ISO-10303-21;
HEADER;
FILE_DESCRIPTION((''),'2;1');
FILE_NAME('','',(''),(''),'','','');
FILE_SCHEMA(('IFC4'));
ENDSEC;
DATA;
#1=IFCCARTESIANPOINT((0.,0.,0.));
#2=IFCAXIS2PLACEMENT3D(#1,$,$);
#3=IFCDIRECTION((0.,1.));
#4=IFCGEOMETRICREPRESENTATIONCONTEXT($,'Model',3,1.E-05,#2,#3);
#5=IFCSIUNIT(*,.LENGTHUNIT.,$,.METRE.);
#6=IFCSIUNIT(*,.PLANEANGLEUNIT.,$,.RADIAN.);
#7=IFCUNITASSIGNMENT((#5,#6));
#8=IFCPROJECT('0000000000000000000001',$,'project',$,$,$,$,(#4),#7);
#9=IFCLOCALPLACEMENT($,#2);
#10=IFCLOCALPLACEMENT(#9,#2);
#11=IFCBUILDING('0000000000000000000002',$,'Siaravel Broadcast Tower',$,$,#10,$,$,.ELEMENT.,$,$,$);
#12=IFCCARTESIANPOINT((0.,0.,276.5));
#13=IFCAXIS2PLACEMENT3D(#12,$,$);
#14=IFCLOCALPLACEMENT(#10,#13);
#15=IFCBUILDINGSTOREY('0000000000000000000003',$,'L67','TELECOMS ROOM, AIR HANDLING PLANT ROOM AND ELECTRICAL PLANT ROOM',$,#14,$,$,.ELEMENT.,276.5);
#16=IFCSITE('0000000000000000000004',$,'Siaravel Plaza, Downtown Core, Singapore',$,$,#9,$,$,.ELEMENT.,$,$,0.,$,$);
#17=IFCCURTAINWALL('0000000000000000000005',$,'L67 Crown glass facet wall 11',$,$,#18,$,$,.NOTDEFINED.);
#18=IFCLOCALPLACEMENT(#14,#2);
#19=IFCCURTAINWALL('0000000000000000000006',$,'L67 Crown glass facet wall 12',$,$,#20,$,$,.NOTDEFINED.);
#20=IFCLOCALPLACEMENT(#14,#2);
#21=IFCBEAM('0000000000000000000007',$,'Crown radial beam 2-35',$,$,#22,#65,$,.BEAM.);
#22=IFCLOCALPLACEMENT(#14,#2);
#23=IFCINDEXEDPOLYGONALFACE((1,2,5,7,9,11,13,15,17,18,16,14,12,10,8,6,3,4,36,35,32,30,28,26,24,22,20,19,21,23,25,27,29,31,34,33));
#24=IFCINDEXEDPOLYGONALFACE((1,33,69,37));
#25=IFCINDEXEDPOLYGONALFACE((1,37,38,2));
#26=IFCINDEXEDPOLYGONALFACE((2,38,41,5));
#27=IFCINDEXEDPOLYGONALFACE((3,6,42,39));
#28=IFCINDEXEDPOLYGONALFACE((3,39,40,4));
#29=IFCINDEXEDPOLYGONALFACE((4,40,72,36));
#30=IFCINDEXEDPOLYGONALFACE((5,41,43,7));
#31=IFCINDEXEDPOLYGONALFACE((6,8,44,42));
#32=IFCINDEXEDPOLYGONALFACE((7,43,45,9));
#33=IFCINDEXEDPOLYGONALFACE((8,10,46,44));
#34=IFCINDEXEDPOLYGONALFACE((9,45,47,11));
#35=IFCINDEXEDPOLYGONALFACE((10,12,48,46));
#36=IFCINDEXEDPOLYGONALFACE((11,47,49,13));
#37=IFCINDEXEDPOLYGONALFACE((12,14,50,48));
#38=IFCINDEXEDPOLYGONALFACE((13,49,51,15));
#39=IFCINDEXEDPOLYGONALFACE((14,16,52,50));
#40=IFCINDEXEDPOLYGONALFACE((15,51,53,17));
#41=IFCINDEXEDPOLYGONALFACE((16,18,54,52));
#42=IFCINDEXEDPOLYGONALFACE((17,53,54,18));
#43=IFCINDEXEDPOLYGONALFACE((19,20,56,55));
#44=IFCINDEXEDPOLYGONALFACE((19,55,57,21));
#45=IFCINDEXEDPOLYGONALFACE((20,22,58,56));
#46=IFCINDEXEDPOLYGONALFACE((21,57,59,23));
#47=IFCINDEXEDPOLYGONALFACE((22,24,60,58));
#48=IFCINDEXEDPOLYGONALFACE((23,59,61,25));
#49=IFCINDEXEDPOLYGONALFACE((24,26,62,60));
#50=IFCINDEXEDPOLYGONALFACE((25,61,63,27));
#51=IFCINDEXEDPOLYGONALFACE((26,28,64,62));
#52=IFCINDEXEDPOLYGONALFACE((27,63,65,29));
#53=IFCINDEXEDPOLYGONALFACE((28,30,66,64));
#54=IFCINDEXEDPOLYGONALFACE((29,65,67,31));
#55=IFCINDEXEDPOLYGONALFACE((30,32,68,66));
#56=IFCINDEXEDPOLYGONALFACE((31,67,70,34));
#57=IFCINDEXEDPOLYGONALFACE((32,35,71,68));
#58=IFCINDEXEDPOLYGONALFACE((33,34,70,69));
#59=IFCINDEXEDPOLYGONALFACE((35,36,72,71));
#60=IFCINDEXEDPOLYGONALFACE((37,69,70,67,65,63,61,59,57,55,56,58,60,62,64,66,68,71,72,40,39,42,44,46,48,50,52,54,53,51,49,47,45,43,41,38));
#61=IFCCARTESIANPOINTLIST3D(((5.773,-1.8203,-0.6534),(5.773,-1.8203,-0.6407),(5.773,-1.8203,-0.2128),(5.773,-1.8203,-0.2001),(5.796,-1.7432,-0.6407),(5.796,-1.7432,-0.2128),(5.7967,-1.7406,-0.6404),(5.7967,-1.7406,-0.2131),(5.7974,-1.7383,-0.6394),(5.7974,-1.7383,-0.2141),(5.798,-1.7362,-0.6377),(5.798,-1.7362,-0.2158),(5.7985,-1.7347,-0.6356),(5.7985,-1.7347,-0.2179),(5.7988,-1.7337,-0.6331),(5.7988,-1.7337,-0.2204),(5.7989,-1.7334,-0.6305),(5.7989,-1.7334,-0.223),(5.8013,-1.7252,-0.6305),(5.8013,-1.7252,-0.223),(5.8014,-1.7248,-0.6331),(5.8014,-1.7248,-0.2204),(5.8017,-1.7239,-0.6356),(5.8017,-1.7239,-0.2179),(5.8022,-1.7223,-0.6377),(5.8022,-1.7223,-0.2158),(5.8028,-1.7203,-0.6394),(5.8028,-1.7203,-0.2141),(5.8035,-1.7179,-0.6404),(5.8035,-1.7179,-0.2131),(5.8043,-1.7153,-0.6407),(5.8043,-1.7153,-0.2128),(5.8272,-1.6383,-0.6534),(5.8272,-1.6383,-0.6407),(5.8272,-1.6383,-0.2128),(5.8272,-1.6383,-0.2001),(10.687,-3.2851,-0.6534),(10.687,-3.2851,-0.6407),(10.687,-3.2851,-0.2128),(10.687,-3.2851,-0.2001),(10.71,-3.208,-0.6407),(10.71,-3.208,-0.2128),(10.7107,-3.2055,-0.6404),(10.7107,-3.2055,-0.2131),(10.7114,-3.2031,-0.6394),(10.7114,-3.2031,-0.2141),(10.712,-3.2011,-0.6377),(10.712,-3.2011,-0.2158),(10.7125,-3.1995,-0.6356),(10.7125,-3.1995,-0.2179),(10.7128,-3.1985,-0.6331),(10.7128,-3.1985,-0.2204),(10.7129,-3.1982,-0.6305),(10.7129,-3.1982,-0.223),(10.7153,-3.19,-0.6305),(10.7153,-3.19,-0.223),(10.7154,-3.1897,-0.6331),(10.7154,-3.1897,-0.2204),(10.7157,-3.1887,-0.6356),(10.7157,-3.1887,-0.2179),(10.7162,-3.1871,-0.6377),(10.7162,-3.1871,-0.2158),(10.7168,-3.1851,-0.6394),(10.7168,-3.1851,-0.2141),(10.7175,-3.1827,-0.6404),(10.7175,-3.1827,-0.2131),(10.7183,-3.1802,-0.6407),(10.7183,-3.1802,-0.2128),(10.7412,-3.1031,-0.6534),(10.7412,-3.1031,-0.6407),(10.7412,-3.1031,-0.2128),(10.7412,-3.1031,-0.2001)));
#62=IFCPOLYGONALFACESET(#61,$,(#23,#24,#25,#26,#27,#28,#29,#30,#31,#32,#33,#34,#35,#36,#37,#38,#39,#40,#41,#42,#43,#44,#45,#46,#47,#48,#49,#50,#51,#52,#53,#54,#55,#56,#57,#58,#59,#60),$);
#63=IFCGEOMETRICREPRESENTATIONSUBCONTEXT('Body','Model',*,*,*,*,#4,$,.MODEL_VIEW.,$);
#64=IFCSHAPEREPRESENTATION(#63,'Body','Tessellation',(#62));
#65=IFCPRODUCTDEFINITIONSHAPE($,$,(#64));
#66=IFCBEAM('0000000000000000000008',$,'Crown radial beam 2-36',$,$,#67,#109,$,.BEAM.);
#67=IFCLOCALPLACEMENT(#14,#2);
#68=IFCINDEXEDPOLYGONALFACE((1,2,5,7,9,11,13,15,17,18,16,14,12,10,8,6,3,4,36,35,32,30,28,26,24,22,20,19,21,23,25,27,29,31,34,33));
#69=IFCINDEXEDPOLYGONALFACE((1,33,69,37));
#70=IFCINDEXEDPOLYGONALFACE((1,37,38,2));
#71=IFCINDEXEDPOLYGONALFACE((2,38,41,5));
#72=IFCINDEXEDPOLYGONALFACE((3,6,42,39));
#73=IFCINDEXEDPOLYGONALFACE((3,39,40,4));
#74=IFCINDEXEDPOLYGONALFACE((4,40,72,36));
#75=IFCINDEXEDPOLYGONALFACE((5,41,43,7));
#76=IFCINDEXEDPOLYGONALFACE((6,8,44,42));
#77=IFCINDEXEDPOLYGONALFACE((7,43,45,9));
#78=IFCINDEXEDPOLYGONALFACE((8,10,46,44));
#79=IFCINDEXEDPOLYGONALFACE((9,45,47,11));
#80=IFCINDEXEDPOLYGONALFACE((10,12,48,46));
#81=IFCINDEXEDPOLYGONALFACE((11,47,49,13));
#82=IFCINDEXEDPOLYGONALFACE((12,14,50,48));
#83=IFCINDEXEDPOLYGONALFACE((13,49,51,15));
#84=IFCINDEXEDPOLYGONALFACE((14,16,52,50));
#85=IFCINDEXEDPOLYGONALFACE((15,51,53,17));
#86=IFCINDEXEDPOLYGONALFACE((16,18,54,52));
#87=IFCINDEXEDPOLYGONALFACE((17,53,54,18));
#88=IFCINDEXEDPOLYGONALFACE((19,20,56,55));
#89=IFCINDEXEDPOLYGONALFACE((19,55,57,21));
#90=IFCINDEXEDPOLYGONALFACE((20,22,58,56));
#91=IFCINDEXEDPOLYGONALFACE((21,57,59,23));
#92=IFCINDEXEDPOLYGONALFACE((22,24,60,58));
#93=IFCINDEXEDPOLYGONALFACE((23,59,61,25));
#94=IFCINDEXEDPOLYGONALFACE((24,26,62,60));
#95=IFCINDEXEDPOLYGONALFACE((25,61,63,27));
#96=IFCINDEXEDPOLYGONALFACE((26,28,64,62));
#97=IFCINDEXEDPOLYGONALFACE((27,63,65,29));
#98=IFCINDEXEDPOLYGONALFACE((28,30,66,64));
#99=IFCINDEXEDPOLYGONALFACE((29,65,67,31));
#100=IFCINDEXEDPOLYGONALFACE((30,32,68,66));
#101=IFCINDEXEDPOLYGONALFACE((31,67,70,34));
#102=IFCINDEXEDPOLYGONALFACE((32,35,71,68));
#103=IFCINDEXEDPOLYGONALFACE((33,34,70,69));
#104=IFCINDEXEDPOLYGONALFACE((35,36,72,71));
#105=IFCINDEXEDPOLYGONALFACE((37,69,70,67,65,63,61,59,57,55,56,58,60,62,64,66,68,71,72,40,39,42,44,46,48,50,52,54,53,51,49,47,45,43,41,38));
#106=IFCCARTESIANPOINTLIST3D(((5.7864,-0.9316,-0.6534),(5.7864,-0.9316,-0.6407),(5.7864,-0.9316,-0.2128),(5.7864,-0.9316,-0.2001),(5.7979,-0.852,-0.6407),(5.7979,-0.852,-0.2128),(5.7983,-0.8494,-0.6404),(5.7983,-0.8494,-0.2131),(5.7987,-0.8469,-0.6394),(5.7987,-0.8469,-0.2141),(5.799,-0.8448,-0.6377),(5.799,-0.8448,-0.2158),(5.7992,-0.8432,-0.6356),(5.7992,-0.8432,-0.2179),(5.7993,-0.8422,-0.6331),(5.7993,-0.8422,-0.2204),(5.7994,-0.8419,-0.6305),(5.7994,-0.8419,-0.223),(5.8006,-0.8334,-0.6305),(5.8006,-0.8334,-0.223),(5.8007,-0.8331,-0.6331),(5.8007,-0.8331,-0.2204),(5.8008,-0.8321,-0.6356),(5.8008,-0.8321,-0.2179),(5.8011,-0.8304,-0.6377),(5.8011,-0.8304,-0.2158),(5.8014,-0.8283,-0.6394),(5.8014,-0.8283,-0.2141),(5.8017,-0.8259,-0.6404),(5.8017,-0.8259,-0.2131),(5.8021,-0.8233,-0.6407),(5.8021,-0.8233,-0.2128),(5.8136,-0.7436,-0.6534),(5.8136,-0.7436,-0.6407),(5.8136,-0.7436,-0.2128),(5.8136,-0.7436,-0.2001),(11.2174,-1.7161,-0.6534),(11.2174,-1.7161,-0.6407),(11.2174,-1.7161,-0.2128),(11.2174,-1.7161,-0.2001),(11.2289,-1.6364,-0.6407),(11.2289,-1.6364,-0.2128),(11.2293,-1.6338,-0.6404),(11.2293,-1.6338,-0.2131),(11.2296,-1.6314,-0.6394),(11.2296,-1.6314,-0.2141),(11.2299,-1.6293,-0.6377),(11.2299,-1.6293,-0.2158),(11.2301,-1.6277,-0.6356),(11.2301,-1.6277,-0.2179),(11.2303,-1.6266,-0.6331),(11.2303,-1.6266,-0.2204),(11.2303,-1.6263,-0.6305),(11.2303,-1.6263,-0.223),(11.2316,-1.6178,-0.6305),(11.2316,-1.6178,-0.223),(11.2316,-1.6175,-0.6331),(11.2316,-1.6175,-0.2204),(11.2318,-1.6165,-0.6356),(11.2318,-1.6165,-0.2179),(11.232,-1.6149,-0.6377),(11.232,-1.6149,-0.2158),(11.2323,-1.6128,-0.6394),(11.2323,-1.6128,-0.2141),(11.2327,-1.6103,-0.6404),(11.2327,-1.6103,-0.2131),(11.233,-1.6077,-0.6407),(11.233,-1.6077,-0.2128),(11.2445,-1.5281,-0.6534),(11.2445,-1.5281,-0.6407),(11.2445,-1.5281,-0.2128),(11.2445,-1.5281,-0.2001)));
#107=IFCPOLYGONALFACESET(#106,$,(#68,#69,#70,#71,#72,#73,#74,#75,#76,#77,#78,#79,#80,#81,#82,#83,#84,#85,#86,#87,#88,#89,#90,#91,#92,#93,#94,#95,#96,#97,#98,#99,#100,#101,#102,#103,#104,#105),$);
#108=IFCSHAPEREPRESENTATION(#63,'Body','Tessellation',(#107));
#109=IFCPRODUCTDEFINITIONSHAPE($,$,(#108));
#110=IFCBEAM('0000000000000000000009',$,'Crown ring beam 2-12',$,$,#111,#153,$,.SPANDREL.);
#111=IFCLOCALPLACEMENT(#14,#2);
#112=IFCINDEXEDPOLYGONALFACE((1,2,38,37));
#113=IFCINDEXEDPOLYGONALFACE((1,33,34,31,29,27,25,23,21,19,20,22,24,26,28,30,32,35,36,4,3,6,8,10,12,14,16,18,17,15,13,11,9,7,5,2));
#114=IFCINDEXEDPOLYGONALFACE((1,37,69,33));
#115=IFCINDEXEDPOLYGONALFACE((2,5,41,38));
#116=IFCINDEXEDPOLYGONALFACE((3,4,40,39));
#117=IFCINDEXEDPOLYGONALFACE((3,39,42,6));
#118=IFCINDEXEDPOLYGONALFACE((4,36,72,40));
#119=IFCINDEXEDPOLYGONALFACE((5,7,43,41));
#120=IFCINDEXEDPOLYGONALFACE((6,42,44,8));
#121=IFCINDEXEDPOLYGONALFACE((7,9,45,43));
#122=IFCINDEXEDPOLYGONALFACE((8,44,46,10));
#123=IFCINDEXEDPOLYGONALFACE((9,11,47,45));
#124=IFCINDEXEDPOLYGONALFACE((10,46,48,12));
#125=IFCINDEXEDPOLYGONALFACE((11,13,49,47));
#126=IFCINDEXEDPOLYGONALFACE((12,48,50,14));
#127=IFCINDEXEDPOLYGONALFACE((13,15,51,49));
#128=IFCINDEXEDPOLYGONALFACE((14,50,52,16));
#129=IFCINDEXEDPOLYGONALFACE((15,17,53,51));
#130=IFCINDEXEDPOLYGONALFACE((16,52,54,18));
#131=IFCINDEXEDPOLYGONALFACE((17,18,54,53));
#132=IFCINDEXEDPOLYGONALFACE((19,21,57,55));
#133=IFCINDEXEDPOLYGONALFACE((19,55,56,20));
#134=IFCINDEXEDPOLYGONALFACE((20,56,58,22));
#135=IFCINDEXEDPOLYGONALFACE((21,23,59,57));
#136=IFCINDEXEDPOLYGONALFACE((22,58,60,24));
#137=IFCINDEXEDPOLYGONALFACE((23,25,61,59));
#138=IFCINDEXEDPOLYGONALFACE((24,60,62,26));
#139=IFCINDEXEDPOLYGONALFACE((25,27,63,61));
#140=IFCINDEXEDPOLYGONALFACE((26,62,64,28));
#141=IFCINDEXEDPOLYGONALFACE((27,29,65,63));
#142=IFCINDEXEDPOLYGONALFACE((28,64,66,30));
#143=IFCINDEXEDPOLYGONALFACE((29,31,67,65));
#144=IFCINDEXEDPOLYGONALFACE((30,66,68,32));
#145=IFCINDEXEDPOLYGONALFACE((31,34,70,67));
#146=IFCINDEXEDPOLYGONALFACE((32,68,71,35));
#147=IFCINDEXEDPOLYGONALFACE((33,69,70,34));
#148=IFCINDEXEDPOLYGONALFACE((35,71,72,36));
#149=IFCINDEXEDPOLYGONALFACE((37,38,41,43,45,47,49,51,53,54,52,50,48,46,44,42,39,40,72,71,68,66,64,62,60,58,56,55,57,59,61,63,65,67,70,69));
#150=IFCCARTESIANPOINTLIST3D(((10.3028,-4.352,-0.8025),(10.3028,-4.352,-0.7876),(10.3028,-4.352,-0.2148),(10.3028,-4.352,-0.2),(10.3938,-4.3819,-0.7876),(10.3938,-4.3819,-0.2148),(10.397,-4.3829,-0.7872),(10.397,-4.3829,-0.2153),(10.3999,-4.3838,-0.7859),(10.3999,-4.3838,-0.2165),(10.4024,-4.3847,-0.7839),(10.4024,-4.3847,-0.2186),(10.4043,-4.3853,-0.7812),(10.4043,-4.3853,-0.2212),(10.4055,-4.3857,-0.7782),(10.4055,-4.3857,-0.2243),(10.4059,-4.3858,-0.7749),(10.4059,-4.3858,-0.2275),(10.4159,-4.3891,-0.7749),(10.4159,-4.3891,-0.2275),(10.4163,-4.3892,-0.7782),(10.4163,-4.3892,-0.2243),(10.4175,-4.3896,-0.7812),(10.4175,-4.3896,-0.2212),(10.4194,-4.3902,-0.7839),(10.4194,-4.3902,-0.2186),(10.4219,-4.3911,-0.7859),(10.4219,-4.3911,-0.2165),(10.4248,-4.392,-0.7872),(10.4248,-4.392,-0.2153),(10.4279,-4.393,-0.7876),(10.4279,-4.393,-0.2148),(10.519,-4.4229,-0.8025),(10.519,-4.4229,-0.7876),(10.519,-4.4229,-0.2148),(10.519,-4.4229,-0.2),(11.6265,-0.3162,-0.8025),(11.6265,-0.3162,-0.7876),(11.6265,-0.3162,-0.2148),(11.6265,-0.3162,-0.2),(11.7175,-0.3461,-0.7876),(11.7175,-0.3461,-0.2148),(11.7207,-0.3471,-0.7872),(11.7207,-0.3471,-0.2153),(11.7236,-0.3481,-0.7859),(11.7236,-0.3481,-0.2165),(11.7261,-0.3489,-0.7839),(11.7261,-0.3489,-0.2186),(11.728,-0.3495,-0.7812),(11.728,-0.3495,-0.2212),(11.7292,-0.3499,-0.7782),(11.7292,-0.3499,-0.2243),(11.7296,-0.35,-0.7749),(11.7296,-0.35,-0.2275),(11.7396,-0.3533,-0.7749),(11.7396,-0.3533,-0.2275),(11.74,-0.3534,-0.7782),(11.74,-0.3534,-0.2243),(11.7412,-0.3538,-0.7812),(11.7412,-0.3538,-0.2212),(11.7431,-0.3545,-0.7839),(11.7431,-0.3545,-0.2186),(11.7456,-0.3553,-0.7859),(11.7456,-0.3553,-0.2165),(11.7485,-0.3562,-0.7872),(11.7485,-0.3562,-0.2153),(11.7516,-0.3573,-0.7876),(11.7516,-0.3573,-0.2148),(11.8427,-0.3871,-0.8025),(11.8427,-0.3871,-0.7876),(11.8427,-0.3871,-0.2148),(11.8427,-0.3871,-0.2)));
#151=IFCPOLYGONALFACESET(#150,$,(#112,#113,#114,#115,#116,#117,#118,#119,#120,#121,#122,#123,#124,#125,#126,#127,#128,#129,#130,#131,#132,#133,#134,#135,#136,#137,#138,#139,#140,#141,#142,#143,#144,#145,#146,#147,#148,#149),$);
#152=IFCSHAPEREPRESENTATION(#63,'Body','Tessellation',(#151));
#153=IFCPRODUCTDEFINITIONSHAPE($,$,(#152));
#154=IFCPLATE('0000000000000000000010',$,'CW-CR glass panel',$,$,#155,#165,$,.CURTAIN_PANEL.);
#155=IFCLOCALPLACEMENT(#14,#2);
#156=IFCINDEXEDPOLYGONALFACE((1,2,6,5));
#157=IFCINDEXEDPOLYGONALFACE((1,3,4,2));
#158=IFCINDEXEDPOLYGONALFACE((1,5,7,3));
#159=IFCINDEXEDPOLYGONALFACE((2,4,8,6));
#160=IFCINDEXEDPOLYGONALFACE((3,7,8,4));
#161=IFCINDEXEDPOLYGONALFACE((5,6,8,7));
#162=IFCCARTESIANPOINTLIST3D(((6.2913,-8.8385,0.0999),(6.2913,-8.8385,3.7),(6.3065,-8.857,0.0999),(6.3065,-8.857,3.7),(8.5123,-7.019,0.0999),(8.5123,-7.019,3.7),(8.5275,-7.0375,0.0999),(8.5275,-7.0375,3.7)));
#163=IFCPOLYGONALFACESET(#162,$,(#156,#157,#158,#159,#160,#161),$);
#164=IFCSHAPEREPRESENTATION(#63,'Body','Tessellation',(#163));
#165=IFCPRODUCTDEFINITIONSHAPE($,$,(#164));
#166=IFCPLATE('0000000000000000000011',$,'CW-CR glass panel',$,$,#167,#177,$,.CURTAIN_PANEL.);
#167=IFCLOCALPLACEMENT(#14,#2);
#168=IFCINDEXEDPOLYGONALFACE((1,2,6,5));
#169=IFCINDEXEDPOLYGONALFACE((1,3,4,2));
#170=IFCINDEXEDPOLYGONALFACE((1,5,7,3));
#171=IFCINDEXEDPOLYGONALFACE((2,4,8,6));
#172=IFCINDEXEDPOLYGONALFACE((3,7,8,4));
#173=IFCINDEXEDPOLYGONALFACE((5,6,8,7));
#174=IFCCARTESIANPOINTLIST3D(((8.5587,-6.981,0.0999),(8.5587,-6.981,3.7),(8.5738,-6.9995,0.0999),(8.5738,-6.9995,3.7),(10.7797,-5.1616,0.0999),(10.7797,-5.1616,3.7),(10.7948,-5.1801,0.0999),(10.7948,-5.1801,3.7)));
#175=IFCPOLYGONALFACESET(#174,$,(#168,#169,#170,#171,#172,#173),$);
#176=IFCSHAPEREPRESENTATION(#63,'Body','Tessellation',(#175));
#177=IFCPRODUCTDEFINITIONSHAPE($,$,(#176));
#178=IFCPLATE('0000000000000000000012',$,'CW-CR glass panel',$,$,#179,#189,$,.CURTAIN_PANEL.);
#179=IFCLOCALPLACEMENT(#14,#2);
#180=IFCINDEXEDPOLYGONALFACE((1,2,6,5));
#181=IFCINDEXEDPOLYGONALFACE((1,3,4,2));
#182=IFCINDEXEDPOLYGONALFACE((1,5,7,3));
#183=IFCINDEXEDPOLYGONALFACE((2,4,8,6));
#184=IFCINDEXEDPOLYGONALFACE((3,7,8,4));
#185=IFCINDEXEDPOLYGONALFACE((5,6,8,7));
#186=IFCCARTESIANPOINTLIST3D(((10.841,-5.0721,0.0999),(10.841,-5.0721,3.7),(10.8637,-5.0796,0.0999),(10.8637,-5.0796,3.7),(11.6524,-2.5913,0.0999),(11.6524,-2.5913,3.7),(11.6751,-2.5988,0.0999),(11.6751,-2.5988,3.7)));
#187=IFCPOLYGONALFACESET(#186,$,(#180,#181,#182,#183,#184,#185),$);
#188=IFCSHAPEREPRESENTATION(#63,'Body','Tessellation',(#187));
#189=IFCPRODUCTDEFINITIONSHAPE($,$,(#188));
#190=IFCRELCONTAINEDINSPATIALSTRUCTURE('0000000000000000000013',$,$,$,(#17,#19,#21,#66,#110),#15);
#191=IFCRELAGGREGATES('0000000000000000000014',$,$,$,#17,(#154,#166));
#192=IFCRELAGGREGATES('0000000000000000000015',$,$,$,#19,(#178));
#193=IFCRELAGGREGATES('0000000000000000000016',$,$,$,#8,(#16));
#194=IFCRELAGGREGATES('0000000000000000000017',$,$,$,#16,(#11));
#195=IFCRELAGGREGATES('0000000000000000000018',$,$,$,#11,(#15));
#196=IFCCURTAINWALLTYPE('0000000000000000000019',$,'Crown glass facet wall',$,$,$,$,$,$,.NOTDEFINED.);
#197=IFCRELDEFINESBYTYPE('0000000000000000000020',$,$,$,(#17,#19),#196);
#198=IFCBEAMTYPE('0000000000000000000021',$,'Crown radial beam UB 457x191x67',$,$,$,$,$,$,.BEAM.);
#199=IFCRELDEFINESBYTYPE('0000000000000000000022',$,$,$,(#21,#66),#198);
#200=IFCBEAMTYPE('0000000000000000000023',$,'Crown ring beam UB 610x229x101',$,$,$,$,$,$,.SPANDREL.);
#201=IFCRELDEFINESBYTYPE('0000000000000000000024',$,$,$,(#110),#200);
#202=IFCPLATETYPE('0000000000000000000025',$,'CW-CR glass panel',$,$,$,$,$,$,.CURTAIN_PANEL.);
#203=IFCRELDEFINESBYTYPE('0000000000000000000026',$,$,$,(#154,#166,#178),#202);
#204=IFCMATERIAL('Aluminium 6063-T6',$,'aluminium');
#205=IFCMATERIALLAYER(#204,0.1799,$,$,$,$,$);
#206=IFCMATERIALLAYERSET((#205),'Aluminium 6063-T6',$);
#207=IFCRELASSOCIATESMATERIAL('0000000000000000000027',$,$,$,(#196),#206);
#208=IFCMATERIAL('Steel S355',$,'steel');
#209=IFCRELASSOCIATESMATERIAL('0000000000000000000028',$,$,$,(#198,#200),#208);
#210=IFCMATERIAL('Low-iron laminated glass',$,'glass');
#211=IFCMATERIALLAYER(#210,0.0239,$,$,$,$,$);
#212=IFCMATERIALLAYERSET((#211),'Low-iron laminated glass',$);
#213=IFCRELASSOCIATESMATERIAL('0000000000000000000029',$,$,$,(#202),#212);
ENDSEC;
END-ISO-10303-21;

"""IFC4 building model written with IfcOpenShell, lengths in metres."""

from ifc_helpers import new_model, si_unit, direction, frame, origin, origin_2d, place, context, subcontext, project, spatial, rectangle, i_section, extrude, material, layer, layer_set, material_profile, profile_set, type_object, element, aggregate, save


model = new_model("IFC4")

# Units and contexts
model_context = context("Model", 3, precision=1e-05, world=origin(), true_north=direction((0.0, 1.0)))
body_context = subcontext(model_context, "Body", "Model", "MODEL_VIEW")
ifc_project = project(units=[si_unit("LENGTHUNIT", "METRE"), si_unit("PLANEANGLEUNIT", "RADIAN")], contexts=[model_context])

# Site, building, storey
site_placement = place(None, origin())
site = spatial("IfcSite", under=ifc_project, at=site_placement, Name="Siaravel Plaza, Downtown Core, Singapore", CompositionType="ELEMENT", RefElevation=0.0)
building_placement = place(site_placement, origin())
building = spatial("IfcBuilding", under=site, at=building_placement, Name="Siaravel Broadcast Tower", CompositionType="ELEMENT")
storey_placement = place(building_placement, frame((0.0, 0.0, 276.5)))
storey = spatial("IfcBuildingStorey", under=building, at=storey_placement, Name="L67", Description="TELECOMS ROOM, AIR HANDLING PLANT ROOM AND ELECTRICAL PLANT ROOM", CompositionType="ELEMENT", Elevation=276.5)

# Curtain walls
ifc_material_1 = material(Name="Aluminium 6063-T6", Category="aluminium")
ifc_layer_1 = layer(ifc_material_1, 0.1799)
ifc_layer_set_1 = layer_set([ifc_layer_1], Name="Aluminium 6063-T6")
curtain_wall_type = type_object("IfcCurtainWallType", Name="Crown glass facet wall", PredefinedType="NOTDEFINED", material=ifc_layer_set_1)
curtain_wall_1_placement = place(storey_placement, origin())
curtain_wall_1 = element("IfcCurtainWall", 1, at=curtain_wall_1_placement, inside=storey, type_object=curtain_wall_type, Name="L67 Crown glass facet wall 11", PredefinedType="NOTDEFINED")
curtain_wall_2_placement = place(storey_placement, origin())
curtain_wall_2 = element("IfcCurtainWall", 2, at=curtain_wall_2_placement, inside=storey, type_object=curtain_wall_type, Name="L67 Crown glass facet wall 12", PredefinedType="NOTDEFINED")

# Beams
ifc_material_2 = material(Name="Steel S355", Category="steel")
ifc_material_profile_1 = material_profile(ifc_material_2, i_section(OverallWidth=0.1899, OverallDepth=0.4534, WebThickness=0.0085, FlangeThickness=0.0127, FilletRadius=0.0103, at=origin_2d()))
ifc_profile_set_1 = profile_set([ifc_material_profile_1], Name="Steel S355")
beam_type_1 = type_object("IfcBeamType", Name="Crown radial beam UB 457x191x67", PredefinedType="BEAM", material=ifc_profile_set_1)
beam_1_placement = place(storey_placement, frame((10.7141, -3.1941, -0.4268), z_axis=(-0.958328, 0.28567, 0.0), x_axis=(-0.28567, -0.958328, 0.0)))
element("IfcBeam", 3, at=beam_1_placement, inside=storey, type_object=beam_type_1, Name="Crown radial beam 2-35", PredefinedType="BEAM", context=body_context, shape_type="SweptSolid", body=[
    extrude(i_section(OverallWidth=0.1899, OverallDepth=0.4534, WebThickness=0.0085, FlangeThickness=0.0127, FilletRadius=0.0103, at=origin_2d()), origin(), (0.0, 0.0, 1.0), 5.1277),
])
beam_2_placement = place(storey_placement, frame((11.231, -1.6221, -0.4268), z_axis=(-0.989729, 0.142953, 0.0), x_axis=(-0.142953, -0.989729, 0.0)))
element("IfcBeam", 4, at=beam_2_placement, inside=storey, type_object=beam_type_1, Name="Crown radial beam 2-36", PredefinedType="BEAM", context=body_context, shape_type="SweptSolid", body=[
    extrude(i_section(OverallWidth=0.1899, OverallDepth=0.4534, WebThickness=0.0085, FlangeThickness=0.0127, FilletRadius=0.0103, at=origin_2d()), origin(), (0.0, 0.0, 1.0), 5.4873),
])
ifc_material_profile_2 = material_profile(ifc_material_2, i_section(OverallWidth=0.2275, OverallDepth=0.6025, WebThickness=0.0105, FlangeThickness=0.0149, FilletRadius=0.0127, at=origin_2d()))
ifc_profile_set_2 = profile_set([ifc_material_profile_2], Name="Steel S355")
beam_type_2 = type_object("IfcBeamType", Name="Crown ring beam UB 610x229x101", PredefinedType="SPANDREL", material=ifc_profile_set_2)
beam_3_placement = place(storey_placement, frame((10.4109, -4.3875, -0.5012), z_axis=(0.311654, 0.950196, 0.0), x_axis=(-0.950196, 0.311654, 0.0)))
element("IfcBeam", 5, at=beam_3_placement, inside=storey, type_object=beam_type_2, Name="Crown ring beam 2-12", PredefinedType="SPANDREL", context=body_context, shape_type="SweptSolid", body=[
    extrude(i_section(OverallWidth=0.2275, OverallDepth=0.6025, WebThickness=0.0105, FlangeThickness=0.0149, FilletRadius=0.0127, at=origin_2d()), origin(), (0.0, 0.0, 1.0), 4.2473),
])

# Plates
ifc_material_3 = material(Name="Low-iron laminated glass", Category="glass")
ifc_layer_2 = layer(ifc_material_3, 0.0239)
ifc_layer_set_2 = layer_set([ifc_layer_2], Name="Low-iron laminated glass")
plate_type = type_object("IfcPlateType", Name="CW-CR glass panel", PredefinedType="CURTAIN_PANEL", material=ifc_layer_set_2)
plate_1_placement = place(storey_placement, frame((7.4094, -7.938, 0.0999), z_axis=(0.0, 0.0, 1.0), x_axis=(0.773569, 0.633713, 0.0)))
plate_1 = element("IfcPlate", 6, at=plate_1_placement, type_object=plate_type, Name="CW-CR glass panel", PredefinedType="CURTAIN_PANEL", context=body_context, shape_type="SweptSolid", body=[
    extrude(rectangle(XDim=2.8711, YDim=0.0239, at=origin_2d()), origin(), (0.0, 0.0, 1.0), 3.6001),
])
plate_2_placement = place(storey_placement, frame((9.6768, -6.0806, 0.0999), z_axis=(0.0, 0.0, 1.0), x_axis=(0.773569, 0.633713, 0.0)))
plate_2 = element("IfcPlate", 7, at=plate_2_placement, type_object=plate_type, Name="CW-CR glass panel", PredefinedType="CURTAIN_PANEL", context=body_context, shape_type="SweptSolid", body=[
    extrude(rectangle(XDim=2.8711, YDim=0.0239, at=origin_2d()), origin(), (0.0, 0.0, 1.0), 3.6001),
])
aggregate(curtain_wall_1, [plate_1, plate_2])
plate_3_placement = place(storey_placement, frame((11.2581, -3.8354, 0.0999), z_axis=(0.0, 0.0, 1.0), x_axis=(0.31086, 0.950456, 0.0)))
plate_3 = element("IfcPlate", 8, at=plate_3_placement, type_object=plate_type, Name="CW-CR glass panel", PredefinedType="CURTAIN_PANEL", context=body_context, shape_type="SweptSolid", body=[
    extrude(rectangle(XDim=2.6101, YDim=0.0239, at=origin_2d()), origin(), (0.0, 0.0, 1.0), 3.6001),
])
aggregate(curtain_wall_2, [plate_3])

save(model, "model.ifc")
